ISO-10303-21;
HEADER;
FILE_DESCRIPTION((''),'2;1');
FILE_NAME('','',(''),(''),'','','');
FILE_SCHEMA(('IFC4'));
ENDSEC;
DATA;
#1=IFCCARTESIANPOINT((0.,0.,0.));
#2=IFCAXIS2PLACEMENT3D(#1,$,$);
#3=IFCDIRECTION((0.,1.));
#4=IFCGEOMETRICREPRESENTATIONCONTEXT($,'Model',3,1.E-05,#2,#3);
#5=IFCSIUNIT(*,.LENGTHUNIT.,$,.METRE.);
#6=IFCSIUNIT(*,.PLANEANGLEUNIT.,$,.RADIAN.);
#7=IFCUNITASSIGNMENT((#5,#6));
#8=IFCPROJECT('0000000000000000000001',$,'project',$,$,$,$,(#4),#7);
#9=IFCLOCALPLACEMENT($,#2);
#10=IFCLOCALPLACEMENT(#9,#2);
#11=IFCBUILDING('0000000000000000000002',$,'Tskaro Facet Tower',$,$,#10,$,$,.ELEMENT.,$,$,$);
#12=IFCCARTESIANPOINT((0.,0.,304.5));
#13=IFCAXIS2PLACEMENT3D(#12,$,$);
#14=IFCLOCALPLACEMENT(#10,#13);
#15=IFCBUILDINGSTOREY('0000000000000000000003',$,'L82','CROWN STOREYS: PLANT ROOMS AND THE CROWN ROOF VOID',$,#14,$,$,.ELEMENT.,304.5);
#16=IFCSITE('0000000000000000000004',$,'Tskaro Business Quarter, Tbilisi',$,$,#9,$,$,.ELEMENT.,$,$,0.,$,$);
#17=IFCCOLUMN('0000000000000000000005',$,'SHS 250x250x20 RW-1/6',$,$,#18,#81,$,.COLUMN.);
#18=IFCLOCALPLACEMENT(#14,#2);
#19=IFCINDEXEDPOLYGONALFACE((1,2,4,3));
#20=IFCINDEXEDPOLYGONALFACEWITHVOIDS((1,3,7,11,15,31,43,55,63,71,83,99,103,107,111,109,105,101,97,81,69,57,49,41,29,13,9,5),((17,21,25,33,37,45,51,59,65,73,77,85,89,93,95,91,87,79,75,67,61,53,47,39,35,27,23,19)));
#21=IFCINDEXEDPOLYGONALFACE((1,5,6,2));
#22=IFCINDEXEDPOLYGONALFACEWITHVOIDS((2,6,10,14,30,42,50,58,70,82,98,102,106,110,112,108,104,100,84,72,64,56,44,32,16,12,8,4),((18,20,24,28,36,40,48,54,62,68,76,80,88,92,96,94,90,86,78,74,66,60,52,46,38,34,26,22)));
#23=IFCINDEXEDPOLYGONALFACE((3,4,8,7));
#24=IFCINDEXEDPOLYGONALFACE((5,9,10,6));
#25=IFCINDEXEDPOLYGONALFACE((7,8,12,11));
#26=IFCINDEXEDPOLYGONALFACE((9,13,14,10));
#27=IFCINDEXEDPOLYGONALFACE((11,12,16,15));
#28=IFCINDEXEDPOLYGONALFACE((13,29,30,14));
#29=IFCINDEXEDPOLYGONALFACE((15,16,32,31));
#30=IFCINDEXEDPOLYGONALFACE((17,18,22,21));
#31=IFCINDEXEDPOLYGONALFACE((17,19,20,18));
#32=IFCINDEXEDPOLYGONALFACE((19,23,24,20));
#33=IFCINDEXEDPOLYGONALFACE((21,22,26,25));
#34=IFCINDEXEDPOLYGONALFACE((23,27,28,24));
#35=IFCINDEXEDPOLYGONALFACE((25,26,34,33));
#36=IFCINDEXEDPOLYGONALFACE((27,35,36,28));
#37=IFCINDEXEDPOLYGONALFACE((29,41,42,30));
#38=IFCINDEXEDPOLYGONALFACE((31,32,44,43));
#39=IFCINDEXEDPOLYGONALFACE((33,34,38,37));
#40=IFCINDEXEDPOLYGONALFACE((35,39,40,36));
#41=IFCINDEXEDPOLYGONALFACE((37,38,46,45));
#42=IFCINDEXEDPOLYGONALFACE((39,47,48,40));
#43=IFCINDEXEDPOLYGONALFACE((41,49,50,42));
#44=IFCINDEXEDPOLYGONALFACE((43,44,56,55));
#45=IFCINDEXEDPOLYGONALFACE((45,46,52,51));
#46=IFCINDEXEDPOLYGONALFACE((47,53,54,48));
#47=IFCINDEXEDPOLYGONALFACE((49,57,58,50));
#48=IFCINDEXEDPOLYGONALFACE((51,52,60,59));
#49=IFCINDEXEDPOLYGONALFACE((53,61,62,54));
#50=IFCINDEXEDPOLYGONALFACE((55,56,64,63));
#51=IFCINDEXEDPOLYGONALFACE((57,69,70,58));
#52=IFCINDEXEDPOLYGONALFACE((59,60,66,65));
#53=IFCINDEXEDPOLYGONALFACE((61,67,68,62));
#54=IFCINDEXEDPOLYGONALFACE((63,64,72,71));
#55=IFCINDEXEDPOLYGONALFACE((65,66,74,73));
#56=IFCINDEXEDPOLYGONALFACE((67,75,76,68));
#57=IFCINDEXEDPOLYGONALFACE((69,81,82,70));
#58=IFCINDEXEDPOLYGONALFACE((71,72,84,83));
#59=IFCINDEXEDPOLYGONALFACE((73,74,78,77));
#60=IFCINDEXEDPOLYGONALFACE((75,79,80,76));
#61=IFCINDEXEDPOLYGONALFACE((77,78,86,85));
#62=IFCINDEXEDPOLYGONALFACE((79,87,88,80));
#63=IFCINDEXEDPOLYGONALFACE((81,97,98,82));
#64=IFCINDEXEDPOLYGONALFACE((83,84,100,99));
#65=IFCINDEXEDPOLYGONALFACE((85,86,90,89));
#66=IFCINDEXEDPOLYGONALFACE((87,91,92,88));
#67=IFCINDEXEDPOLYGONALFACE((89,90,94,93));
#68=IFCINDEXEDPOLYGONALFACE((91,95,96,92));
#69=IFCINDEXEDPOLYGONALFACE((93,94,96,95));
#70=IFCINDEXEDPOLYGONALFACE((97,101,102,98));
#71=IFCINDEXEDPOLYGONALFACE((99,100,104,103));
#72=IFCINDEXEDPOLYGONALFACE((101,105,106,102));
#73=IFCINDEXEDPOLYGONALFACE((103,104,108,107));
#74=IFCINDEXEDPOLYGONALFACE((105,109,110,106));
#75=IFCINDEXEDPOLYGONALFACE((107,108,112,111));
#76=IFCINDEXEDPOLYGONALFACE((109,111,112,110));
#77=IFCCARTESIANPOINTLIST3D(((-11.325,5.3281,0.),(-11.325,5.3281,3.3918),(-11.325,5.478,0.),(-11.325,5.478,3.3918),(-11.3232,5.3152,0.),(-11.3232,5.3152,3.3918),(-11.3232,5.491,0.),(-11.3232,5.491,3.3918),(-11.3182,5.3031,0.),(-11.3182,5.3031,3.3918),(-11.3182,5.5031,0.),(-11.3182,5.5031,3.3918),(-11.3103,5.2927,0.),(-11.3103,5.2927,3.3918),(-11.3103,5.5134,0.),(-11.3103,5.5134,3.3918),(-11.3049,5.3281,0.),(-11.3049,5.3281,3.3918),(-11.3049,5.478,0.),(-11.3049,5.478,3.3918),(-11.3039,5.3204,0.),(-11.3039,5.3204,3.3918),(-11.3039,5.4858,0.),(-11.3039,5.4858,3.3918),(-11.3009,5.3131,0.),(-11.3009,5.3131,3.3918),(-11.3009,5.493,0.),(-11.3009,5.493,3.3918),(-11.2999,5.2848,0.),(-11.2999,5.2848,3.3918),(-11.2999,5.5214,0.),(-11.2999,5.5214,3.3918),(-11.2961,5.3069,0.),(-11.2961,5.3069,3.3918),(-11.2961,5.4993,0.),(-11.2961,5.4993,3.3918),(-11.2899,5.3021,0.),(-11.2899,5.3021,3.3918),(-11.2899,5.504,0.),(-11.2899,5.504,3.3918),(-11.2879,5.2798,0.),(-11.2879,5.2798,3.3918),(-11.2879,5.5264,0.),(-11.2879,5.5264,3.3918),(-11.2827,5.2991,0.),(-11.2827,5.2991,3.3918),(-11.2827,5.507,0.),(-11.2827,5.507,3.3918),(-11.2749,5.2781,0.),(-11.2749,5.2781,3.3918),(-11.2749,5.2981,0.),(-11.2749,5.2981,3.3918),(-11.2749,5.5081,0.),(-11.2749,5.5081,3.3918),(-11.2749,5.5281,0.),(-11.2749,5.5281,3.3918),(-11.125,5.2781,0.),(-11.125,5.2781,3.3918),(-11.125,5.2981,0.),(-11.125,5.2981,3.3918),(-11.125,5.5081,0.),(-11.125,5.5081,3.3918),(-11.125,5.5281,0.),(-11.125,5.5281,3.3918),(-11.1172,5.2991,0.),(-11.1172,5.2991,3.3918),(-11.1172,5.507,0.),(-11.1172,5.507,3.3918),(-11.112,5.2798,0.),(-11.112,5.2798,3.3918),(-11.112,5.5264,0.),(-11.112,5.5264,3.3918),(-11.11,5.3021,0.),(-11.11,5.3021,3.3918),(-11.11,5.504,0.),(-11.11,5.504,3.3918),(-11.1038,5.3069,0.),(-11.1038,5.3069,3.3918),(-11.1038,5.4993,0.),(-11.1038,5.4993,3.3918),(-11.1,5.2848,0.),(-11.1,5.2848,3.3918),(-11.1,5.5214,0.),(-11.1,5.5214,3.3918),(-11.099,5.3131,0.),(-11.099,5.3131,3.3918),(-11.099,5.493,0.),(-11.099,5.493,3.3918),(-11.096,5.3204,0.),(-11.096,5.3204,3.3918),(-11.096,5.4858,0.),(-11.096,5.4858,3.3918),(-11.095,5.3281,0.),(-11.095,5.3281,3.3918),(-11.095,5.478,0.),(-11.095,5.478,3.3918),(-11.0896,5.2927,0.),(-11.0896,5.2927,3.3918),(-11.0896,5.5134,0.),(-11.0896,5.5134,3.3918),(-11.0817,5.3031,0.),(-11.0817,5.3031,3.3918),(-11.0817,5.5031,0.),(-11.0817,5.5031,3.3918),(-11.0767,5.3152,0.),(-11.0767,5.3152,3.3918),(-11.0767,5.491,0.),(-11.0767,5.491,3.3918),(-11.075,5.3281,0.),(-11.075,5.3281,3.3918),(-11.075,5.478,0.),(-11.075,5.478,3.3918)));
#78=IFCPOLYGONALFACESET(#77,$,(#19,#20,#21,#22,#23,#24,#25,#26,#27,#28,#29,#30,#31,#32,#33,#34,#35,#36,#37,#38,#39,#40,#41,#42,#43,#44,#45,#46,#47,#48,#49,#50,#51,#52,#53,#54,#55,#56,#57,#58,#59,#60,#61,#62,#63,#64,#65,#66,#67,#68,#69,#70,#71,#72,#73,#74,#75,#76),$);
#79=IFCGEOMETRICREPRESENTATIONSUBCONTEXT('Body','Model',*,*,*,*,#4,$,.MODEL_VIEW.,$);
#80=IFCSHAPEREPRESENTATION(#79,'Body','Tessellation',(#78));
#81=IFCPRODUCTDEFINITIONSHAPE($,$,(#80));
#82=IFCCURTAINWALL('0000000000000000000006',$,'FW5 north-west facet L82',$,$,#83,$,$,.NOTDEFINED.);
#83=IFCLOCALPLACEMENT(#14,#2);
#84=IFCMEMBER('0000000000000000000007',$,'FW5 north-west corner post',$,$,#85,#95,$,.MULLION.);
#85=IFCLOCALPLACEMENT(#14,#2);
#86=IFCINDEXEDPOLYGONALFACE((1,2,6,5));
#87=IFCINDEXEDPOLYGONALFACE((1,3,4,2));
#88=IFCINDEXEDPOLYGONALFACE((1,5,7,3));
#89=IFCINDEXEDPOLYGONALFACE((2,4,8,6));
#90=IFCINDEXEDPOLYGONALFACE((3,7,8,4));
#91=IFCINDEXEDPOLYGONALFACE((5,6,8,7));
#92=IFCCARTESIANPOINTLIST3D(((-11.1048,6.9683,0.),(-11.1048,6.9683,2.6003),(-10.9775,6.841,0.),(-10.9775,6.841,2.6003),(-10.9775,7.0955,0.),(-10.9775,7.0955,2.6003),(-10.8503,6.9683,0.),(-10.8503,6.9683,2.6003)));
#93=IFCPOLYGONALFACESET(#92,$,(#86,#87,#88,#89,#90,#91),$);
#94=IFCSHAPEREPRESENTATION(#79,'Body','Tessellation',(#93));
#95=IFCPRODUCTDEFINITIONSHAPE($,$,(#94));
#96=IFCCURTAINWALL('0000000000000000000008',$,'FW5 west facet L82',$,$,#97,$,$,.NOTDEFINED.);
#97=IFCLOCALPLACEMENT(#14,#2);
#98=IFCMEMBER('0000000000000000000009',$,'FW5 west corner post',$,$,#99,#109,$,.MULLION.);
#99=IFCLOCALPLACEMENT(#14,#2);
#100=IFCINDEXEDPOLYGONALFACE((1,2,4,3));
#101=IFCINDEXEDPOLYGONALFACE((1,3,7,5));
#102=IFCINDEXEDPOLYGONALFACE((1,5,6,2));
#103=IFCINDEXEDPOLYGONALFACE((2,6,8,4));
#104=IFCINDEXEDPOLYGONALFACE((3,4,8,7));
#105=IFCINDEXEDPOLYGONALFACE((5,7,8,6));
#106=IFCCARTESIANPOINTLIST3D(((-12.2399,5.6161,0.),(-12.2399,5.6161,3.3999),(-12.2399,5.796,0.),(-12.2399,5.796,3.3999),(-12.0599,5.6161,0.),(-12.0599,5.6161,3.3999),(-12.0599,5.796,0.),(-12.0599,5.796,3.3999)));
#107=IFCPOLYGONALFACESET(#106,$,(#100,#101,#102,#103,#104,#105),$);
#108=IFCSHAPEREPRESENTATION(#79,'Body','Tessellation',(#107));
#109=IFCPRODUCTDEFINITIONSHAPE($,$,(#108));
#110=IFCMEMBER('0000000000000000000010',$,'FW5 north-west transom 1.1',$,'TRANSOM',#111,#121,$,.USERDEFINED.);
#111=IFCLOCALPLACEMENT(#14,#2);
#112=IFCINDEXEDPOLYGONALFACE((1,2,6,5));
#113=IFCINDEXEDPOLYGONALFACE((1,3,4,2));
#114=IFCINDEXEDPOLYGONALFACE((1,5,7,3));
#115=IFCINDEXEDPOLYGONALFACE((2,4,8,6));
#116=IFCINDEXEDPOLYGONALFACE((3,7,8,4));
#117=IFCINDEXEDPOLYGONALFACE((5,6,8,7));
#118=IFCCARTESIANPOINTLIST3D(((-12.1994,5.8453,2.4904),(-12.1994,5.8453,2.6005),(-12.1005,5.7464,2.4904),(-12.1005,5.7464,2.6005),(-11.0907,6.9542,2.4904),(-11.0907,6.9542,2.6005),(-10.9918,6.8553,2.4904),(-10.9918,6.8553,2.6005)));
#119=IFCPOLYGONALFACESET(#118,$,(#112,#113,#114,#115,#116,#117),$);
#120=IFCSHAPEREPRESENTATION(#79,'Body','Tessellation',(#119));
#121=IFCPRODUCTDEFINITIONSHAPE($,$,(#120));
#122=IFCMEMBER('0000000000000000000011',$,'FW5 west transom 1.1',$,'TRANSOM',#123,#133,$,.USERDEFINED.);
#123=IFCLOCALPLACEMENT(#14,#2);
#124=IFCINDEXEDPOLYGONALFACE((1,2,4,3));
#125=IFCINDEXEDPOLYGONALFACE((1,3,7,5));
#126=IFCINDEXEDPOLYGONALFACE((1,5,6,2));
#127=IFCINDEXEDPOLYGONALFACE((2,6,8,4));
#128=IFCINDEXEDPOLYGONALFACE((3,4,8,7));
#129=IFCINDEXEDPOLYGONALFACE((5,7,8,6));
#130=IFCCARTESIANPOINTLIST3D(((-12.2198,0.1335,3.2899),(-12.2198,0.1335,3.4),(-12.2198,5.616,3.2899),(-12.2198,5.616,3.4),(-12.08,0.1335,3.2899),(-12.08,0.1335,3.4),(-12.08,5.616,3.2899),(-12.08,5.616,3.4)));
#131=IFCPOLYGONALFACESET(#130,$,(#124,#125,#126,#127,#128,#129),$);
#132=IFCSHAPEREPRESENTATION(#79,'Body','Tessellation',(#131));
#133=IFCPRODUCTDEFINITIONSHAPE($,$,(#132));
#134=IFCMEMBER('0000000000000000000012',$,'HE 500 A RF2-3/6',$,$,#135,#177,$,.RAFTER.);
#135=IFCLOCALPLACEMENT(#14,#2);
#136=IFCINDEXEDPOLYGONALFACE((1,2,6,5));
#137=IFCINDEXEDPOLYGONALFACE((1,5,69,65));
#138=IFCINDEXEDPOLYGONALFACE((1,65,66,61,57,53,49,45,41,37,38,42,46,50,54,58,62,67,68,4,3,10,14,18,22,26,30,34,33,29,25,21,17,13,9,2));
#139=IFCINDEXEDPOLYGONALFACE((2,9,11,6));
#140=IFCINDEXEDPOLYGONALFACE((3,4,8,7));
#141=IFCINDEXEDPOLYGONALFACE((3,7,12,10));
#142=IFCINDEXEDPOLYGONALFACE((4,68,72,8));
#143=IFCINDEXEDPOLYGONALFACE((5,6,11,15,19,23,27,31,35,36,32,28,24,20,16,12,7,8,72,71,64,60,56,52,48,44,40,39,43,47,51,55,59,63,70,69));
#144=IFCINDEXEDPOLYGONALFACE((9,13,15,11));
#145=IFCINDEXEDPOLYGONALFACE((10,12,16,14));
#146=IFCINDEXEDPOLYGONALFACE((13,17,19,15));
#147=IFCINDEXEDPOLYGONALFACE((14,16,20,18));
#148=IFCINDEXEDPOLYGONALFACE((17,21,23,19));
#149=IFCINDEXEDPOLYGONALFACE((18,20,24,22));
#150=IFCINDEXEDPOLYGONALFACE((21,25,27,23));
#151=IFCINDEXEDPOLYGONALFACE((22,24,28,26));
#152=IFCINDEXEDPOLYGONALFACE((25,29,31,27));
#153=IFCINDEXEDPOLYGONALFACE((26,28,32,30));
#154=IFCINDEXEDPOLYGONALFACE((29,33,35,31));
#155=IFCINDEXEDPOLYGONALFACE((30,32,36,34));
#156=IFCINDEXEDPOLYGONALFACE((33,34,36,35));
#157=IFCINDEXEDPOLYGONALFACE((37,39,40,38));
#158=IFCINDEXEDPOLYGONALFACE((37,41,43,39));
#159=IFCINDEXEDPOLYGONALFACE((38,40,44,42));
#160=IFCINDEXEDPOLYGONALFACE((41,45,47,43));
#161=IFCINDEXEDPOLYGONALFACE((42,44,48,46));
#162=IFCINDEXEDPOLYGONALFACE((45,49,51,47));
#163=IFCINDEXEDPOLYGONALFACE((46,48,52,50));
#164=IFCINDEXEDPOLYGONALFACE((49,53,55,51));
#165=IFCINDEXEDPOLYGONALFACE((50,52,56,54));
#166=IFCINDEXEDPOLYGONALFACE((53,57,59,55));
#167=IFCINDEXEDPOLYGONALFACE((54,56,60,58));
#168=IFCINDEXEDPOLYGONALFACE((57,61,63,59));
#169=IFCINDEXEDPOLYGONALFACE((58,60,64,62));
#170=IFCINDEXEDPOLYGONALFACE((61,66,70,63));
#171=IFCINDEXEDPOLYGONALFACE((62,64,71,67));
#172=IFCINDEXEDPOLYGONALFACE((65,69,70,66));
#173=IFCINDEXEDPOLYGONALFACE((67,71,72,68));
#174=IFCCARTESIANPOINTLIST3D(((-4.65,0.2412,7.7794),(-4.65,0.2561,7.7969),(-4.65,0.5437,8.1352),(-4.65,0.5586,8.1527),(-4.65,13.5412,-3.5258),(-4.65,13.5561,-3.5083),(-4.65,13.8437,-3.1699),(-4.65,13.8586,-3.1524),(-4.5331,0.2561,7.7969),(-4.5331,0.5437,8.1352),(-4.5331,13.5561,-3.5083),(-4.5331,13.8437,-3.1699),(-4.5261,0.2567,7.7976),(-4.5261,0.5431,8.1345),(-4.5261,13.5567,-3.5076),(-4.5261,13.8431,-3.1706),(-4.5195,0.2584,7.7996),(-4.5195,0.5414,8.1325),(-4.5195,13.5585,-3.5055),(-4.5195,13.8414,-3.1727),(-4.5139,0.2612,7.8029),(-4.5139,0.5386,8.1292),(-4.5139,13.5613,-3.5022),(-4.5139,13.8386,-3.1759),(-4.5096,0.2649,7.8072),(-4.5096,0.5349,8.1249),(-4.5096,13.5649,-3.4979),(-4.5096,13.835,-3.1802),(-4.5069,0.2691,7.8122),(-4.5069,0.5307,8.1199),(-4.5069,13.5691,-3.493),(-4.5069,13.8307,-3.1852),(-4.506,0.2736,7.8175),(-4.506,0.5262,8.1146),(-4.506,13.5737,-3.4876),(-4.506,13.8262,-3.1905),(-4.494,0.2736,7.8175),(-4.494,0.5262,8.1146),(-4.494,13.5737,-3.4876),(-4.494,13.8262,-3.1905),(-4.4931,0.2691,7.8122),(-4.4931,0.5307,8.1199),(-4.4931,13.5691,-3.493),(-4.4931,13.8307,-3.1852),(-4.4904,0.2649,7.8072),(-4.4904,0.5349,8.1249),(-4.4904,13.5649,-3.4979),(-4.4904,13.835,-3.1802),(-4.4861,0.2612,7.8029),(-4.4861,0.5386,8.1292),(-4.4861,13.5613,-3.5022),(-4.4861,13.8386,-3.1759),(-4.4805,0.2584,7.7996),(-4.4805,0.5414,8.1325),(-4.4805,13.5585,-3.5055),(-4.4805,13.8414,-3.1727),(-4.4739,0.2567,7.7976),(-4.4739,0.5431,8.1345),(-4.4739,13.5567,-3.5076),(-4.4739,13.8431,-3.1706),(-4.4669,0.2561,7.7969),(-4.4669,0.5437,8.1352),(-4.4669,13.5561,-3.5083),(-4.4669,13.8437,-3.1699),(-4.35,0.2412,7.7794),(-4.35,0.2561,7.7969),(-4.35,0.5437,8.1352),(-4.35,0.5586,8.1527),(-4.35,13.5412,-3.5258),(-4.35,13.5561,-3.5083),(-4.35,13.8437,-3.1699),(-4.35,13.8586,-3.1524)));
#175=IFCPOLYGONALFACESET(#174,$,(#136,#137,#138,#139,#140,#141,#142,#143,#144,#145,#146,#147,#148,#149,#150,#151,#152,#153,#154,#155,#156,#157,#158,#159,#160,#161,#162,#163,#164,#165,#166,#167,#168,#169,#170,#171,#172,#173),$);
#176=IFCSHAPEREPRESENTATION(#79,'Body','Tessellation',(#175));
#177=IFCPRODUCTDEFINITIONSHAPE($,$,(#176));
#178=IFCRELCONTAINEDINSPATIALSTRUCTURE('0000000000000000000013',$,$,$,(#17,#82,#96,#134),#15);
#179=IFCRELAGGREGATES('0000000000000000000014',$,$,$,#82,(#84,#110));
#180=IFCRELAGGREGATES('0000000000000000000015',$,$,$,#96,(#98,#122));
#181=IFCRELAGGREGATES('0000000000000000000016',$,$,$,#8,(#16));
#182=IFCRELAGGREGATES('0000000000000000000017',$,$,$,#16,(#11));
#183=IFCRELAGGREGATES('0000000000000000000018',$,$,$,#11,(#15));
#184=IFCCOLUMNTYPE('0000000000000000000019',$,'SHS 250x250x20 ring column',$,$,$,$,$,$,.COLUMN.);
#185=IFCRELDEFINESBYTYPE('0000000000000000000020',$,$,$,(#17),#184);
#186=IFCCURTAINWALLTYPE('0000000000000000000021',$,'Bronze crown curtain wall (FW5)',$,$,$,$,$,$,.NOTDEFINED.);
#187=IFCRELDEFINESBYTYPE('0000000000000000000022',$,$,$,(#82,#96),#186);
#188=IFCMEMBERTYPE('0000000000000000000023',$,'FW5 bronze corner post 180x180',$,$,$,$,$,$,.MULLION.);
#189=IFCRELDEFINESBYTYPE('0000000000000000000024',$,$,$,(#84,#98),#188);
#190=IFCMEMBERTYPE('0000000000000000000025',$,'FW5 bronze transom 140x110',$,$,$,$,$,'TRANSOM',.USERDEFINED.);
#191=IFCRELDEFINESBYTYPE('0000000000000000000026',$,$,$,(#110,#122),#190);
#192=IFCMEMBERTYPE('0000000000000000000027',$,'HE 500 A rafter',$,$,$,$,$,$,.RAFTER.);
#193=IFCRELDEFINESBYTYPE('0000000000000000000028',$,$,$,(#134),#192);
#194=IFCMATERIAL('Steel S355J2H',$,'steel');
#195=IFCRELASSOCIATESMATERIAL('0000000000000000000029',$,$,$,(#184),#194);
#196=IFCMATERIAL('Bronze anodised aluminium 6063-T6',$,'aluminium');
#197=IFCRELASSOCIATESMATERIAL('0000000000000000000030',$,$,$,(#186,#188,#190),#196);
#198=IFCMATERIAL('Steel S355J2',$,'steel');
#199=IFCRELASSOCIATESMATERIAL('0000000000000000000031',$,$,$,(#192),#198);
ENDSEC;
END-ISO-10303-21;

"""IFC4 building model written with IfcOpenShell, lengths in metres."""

from ifc_helpers import new_model, si_unit, direction, frame, origin, origin_2d, place, context, subcontext, project, spatial, rectangle, hollow_rectangle, i_section, extrude, material, material_profile, profile_set, type_object, element, aggregate, save


model = new_model("IFC4")

# Units and contexts
model_context = context("Model", 3, precision=1e-05, world=origin(), true_north=direction((0.0, 1.0)))
body_context = subcontext(model_context, "Body", "Model", "MODEL_VIEW")
ifc_project = project(units=[si_unit("LENGTHUNIT", "METRE"), si_unit("PLANEANGLEUNIT", "RADIAN")], contexts=[model_context])

# Site, building, storey
site_placement = place(None, origin())
site = spatial("IfcSite", under=ifc_project, at=site_placement, Name="Tskaro Business Quarter, Tbilisi", CompositionType="ELEMENT", RefElevation=0.0)
building_placement = place(site_placement, origin())
building = spatial("IfcBuilding", under=site, at=building_placement, Name="Tskaro Facet Tower", CompositionType="ELEMENT")
storey_placement = place(building_placement, frame((0.0, 0.0, 304.5)))
storey = spatial("IfcBuildingStorey", under=building, at=storey_placement, Name="L82", Description="CROWN STOREYS: PLANT ROOMS AND THE CROWN ROOF VOID", CompositionType="ELEMENT", Elevation=304.5)

# Column
ifc_material_1 = material(Name="Steel S355J2H", Category="steel")
ifc_material_profile_1 = material_profile(ifc_material_1, hollow_rectangle(XDim=0.25, YDim=0.25, WallThickness=0.02, InnerFilletRadius=0.03, OuterFilletRadius=0.05, at=origin_2d()), Name="SHS 250x250x20")
ifc_profile_set_1 = profile_set([ifc_material_profile_1], Name="Steel S355J2H")
column_type = type_object("IfcColumnType", Name="SHS 250x250x20 ring column", PredefinedType="COLUMN", material=ifc_profile_set_1)
column_placement = place(storey_placement, frame((-11.2, 5.4031, 0.0), z_axis=(0.0, 0.0, 1.0), x_axis=(1.0, 0.0, 0.0)))
element("IfcColumn", 1, at=column_placement, inside=storey, type_object=column_type, Name="SHS 250x250x20 RW-1/6", PredefinedType="COLUMN", context=body_context, shape_type="SweptSolid", body=[
    extrude(hollow_rectangle(XDim=0.25, YDim=0.25, WallThickness=0.02, InnerFilletRadius=0.03, OuterFilletRadius=0.05, at=origin_2d()), origin(), (0.0, 0.0, 1.0), 3.3918),
])

# Curtain walls, members
ifc_material_2 = material(Name="Bronze anodised aluminium 6063-T6", Category="aluminium")
curtain_wall_type = type_object("IfcCurtainWallType", Name="Bronze crown curtain wall (FW5)", PredefinedType="NOTDEFINED", material=ifc_material_2)
curtain_wall_1_placement = place(storey_placement, origin())
curtain_wall_1 = element("IfcCurtainWall", 2, at=curtain_wall_1_placement, inside=storey, type_object=curtain_wall_type, Name="FW5 north-west facet L82", PredefinedType="NOTDEFINED")
ifc_material_profile_2 = material_profile(ifc_material_2, rectangle(XDim=0.1799, YDim=0.1799, at=origin_2d()), Name="Corner post 180x180")
ifc_profile_set_2 = profile_set([ifc_material_profile_2], Name="Bronze anodised aluminium 6063-T6")
member_type_1 = type_object("IfcMemberType", Name="FW5 bronze corner post 180x180", PredefinedType="MULLION", material=ifc_profile_set_2)
member_1_placement = place(storey_placement, frame((-10.9775, 6.9683, 0.0), z_axis=(0.0, 0.0, 1.0), x_axis=(-0.707107, -0.707107, 0.0)))
member_1 = element("IfcMember", 3, at=member_1_placement, type_object=member_type_1, Name="FW5 north-west corner post", PredefinedType="MULLION", context=body_context, shape_type="SweptSolid", body=[
    extrude(rectangle(XDim=0.1799, YDim=0.1799, at=origin_2d()), origin(), (0.0, 0.0, 1.0), 2.6003),
])
curtain_wall_2_placement = place(storey_placement, origin())
curtain_wall_2 = element("IfcCurtainWall", 4, at=curtain_wall_2_placement, inside=storey, type_object=curtain_wall_type, Name="FW5 west facet L82", PredefinedType="NOTDEFINED")
member_2_placement = place(storey_placement, frame((-12.1499, 5.7061, 0.0), z_axis=(0.0, 0.0, 1.0), x_axis=(0.0, -1.0, 0.0)))
member_2 = element("IfcMember", 5, at=member_2_placement, type_object=member_type_1, Name="FW5 west corner post", PredefinedType="MULLION", context=body_context, shape_type="SweptSolid", body=[
    extrude(rectangle(XDim=0.1799, YDim=0.1799, at=origin_2d()), origin(), (0.0, 0.0, 1.0), 3.3999),
])

# Members
ifc_material_profile_3 = material_profile(ifc_material_2, rectangle(XDim=0.1399, YDim=0.1101, at=origin_2d()), Name="Transom 140x110")
ifc_profile_set_3 = profile_set([ifc_material_profile_3], Name="Bronze anodised aluminium 6063-T6")
member_type_2 = type_object("IfcMemberType", Name="FW5 bronze transom 140x110", ElementType="TRANSOM", PredefinedType="USERDEFINED", material=ifc_profile_set_3)
member_3_placement = place(storey_placement, frame((-11.0413, 6.9048, 2.5454), z_axis=(-0.707029, -0.707185, 0.0), x_axis=(0.707185, -0.707029, 0.0)))
member_3 = element("IfcMember", 6, at=member_3_placement, type_object=member_type_2, Name="FW5 north-west transom 1.1", ObjectType="TRANSOM", PredefinedType="USERDEFINED", context=body_context, shape_type="SweptSolid", body=[
    extrude(rectangle(XDim=0.1399, YDim=0.1101, at=origin_2d()), origin(), (0.0, 0.0, 1.0), 1.5681),
])
member_4_placement = place(storey_placement, frame((-12.1499, 5.616, 3.345), z_axis=(0.0, -1.0, 0.0), x_axis=(1.0, 0.0, 0.0)))
member_4 = element("IfcMember", 7, at=member_4_placement, type_object=member_type_2, Name="FW5 west transom 1.1", ObjectType="TRANSOM", PredefinedType="USERDEFINED", context=body_context, shape_type="SweptSolid", body=[
    extrude(rectangle(XDim=0.1399, YDim=0.1101, at=origin_2d()), origin(), (0.0, 0.0, 1.0), 5.4824),
])

# Member
ifc_material_3 = material(Name="Steel S355J2", Category="steel")
ifc_material_profile_4 = material_profile(ifc_material_3, i_section(OverallWidth=0.3, OverallDepth=0.49, WebThickness=0.012, FlangeThickness=0.0229, FilletRadius=0.0271, at=origin_2d()), Name="HE 500 A")
ifc_profile_set_4 = profile_set([ifc_material_profile_4], Name="Steel S355J2")
member_type_3 = type_object("IfcMemberType", Name="HE 500 A rafter", PredefinedType="RAFTER", material=ifc_profile_set_4)
member_5_placement = place(storey_placement, frame((-4.5, 0.3999, 7.9661), z_axis=(0.0, 0.761936, -0.647653), x_axis=(-1.0, 0.0, 0.0)))
element("IfcMember", 8, at=member_5_placement, inside=storey, type_object=member_type_3, Name="HE 500 A RF2-3/6", PredefinedType="RAFTER", context=body_context, shape_type="SweptSolid", body=[
    extrude(i_section(OverallWidth=0.3, OverallDepth=0.49, WebThickness=0.012, FlangeThickness=0.0229, FilletRadius=0.0271, at=origin_2d()), origin(), (0.0, 0.0, 1.0), 17.4556),
])

aggregate(curtain_wall_1, [member_1, member_3])
aggregate(curtain_wall_2, [member_2, member_4])

save(model, "model.ifc")
